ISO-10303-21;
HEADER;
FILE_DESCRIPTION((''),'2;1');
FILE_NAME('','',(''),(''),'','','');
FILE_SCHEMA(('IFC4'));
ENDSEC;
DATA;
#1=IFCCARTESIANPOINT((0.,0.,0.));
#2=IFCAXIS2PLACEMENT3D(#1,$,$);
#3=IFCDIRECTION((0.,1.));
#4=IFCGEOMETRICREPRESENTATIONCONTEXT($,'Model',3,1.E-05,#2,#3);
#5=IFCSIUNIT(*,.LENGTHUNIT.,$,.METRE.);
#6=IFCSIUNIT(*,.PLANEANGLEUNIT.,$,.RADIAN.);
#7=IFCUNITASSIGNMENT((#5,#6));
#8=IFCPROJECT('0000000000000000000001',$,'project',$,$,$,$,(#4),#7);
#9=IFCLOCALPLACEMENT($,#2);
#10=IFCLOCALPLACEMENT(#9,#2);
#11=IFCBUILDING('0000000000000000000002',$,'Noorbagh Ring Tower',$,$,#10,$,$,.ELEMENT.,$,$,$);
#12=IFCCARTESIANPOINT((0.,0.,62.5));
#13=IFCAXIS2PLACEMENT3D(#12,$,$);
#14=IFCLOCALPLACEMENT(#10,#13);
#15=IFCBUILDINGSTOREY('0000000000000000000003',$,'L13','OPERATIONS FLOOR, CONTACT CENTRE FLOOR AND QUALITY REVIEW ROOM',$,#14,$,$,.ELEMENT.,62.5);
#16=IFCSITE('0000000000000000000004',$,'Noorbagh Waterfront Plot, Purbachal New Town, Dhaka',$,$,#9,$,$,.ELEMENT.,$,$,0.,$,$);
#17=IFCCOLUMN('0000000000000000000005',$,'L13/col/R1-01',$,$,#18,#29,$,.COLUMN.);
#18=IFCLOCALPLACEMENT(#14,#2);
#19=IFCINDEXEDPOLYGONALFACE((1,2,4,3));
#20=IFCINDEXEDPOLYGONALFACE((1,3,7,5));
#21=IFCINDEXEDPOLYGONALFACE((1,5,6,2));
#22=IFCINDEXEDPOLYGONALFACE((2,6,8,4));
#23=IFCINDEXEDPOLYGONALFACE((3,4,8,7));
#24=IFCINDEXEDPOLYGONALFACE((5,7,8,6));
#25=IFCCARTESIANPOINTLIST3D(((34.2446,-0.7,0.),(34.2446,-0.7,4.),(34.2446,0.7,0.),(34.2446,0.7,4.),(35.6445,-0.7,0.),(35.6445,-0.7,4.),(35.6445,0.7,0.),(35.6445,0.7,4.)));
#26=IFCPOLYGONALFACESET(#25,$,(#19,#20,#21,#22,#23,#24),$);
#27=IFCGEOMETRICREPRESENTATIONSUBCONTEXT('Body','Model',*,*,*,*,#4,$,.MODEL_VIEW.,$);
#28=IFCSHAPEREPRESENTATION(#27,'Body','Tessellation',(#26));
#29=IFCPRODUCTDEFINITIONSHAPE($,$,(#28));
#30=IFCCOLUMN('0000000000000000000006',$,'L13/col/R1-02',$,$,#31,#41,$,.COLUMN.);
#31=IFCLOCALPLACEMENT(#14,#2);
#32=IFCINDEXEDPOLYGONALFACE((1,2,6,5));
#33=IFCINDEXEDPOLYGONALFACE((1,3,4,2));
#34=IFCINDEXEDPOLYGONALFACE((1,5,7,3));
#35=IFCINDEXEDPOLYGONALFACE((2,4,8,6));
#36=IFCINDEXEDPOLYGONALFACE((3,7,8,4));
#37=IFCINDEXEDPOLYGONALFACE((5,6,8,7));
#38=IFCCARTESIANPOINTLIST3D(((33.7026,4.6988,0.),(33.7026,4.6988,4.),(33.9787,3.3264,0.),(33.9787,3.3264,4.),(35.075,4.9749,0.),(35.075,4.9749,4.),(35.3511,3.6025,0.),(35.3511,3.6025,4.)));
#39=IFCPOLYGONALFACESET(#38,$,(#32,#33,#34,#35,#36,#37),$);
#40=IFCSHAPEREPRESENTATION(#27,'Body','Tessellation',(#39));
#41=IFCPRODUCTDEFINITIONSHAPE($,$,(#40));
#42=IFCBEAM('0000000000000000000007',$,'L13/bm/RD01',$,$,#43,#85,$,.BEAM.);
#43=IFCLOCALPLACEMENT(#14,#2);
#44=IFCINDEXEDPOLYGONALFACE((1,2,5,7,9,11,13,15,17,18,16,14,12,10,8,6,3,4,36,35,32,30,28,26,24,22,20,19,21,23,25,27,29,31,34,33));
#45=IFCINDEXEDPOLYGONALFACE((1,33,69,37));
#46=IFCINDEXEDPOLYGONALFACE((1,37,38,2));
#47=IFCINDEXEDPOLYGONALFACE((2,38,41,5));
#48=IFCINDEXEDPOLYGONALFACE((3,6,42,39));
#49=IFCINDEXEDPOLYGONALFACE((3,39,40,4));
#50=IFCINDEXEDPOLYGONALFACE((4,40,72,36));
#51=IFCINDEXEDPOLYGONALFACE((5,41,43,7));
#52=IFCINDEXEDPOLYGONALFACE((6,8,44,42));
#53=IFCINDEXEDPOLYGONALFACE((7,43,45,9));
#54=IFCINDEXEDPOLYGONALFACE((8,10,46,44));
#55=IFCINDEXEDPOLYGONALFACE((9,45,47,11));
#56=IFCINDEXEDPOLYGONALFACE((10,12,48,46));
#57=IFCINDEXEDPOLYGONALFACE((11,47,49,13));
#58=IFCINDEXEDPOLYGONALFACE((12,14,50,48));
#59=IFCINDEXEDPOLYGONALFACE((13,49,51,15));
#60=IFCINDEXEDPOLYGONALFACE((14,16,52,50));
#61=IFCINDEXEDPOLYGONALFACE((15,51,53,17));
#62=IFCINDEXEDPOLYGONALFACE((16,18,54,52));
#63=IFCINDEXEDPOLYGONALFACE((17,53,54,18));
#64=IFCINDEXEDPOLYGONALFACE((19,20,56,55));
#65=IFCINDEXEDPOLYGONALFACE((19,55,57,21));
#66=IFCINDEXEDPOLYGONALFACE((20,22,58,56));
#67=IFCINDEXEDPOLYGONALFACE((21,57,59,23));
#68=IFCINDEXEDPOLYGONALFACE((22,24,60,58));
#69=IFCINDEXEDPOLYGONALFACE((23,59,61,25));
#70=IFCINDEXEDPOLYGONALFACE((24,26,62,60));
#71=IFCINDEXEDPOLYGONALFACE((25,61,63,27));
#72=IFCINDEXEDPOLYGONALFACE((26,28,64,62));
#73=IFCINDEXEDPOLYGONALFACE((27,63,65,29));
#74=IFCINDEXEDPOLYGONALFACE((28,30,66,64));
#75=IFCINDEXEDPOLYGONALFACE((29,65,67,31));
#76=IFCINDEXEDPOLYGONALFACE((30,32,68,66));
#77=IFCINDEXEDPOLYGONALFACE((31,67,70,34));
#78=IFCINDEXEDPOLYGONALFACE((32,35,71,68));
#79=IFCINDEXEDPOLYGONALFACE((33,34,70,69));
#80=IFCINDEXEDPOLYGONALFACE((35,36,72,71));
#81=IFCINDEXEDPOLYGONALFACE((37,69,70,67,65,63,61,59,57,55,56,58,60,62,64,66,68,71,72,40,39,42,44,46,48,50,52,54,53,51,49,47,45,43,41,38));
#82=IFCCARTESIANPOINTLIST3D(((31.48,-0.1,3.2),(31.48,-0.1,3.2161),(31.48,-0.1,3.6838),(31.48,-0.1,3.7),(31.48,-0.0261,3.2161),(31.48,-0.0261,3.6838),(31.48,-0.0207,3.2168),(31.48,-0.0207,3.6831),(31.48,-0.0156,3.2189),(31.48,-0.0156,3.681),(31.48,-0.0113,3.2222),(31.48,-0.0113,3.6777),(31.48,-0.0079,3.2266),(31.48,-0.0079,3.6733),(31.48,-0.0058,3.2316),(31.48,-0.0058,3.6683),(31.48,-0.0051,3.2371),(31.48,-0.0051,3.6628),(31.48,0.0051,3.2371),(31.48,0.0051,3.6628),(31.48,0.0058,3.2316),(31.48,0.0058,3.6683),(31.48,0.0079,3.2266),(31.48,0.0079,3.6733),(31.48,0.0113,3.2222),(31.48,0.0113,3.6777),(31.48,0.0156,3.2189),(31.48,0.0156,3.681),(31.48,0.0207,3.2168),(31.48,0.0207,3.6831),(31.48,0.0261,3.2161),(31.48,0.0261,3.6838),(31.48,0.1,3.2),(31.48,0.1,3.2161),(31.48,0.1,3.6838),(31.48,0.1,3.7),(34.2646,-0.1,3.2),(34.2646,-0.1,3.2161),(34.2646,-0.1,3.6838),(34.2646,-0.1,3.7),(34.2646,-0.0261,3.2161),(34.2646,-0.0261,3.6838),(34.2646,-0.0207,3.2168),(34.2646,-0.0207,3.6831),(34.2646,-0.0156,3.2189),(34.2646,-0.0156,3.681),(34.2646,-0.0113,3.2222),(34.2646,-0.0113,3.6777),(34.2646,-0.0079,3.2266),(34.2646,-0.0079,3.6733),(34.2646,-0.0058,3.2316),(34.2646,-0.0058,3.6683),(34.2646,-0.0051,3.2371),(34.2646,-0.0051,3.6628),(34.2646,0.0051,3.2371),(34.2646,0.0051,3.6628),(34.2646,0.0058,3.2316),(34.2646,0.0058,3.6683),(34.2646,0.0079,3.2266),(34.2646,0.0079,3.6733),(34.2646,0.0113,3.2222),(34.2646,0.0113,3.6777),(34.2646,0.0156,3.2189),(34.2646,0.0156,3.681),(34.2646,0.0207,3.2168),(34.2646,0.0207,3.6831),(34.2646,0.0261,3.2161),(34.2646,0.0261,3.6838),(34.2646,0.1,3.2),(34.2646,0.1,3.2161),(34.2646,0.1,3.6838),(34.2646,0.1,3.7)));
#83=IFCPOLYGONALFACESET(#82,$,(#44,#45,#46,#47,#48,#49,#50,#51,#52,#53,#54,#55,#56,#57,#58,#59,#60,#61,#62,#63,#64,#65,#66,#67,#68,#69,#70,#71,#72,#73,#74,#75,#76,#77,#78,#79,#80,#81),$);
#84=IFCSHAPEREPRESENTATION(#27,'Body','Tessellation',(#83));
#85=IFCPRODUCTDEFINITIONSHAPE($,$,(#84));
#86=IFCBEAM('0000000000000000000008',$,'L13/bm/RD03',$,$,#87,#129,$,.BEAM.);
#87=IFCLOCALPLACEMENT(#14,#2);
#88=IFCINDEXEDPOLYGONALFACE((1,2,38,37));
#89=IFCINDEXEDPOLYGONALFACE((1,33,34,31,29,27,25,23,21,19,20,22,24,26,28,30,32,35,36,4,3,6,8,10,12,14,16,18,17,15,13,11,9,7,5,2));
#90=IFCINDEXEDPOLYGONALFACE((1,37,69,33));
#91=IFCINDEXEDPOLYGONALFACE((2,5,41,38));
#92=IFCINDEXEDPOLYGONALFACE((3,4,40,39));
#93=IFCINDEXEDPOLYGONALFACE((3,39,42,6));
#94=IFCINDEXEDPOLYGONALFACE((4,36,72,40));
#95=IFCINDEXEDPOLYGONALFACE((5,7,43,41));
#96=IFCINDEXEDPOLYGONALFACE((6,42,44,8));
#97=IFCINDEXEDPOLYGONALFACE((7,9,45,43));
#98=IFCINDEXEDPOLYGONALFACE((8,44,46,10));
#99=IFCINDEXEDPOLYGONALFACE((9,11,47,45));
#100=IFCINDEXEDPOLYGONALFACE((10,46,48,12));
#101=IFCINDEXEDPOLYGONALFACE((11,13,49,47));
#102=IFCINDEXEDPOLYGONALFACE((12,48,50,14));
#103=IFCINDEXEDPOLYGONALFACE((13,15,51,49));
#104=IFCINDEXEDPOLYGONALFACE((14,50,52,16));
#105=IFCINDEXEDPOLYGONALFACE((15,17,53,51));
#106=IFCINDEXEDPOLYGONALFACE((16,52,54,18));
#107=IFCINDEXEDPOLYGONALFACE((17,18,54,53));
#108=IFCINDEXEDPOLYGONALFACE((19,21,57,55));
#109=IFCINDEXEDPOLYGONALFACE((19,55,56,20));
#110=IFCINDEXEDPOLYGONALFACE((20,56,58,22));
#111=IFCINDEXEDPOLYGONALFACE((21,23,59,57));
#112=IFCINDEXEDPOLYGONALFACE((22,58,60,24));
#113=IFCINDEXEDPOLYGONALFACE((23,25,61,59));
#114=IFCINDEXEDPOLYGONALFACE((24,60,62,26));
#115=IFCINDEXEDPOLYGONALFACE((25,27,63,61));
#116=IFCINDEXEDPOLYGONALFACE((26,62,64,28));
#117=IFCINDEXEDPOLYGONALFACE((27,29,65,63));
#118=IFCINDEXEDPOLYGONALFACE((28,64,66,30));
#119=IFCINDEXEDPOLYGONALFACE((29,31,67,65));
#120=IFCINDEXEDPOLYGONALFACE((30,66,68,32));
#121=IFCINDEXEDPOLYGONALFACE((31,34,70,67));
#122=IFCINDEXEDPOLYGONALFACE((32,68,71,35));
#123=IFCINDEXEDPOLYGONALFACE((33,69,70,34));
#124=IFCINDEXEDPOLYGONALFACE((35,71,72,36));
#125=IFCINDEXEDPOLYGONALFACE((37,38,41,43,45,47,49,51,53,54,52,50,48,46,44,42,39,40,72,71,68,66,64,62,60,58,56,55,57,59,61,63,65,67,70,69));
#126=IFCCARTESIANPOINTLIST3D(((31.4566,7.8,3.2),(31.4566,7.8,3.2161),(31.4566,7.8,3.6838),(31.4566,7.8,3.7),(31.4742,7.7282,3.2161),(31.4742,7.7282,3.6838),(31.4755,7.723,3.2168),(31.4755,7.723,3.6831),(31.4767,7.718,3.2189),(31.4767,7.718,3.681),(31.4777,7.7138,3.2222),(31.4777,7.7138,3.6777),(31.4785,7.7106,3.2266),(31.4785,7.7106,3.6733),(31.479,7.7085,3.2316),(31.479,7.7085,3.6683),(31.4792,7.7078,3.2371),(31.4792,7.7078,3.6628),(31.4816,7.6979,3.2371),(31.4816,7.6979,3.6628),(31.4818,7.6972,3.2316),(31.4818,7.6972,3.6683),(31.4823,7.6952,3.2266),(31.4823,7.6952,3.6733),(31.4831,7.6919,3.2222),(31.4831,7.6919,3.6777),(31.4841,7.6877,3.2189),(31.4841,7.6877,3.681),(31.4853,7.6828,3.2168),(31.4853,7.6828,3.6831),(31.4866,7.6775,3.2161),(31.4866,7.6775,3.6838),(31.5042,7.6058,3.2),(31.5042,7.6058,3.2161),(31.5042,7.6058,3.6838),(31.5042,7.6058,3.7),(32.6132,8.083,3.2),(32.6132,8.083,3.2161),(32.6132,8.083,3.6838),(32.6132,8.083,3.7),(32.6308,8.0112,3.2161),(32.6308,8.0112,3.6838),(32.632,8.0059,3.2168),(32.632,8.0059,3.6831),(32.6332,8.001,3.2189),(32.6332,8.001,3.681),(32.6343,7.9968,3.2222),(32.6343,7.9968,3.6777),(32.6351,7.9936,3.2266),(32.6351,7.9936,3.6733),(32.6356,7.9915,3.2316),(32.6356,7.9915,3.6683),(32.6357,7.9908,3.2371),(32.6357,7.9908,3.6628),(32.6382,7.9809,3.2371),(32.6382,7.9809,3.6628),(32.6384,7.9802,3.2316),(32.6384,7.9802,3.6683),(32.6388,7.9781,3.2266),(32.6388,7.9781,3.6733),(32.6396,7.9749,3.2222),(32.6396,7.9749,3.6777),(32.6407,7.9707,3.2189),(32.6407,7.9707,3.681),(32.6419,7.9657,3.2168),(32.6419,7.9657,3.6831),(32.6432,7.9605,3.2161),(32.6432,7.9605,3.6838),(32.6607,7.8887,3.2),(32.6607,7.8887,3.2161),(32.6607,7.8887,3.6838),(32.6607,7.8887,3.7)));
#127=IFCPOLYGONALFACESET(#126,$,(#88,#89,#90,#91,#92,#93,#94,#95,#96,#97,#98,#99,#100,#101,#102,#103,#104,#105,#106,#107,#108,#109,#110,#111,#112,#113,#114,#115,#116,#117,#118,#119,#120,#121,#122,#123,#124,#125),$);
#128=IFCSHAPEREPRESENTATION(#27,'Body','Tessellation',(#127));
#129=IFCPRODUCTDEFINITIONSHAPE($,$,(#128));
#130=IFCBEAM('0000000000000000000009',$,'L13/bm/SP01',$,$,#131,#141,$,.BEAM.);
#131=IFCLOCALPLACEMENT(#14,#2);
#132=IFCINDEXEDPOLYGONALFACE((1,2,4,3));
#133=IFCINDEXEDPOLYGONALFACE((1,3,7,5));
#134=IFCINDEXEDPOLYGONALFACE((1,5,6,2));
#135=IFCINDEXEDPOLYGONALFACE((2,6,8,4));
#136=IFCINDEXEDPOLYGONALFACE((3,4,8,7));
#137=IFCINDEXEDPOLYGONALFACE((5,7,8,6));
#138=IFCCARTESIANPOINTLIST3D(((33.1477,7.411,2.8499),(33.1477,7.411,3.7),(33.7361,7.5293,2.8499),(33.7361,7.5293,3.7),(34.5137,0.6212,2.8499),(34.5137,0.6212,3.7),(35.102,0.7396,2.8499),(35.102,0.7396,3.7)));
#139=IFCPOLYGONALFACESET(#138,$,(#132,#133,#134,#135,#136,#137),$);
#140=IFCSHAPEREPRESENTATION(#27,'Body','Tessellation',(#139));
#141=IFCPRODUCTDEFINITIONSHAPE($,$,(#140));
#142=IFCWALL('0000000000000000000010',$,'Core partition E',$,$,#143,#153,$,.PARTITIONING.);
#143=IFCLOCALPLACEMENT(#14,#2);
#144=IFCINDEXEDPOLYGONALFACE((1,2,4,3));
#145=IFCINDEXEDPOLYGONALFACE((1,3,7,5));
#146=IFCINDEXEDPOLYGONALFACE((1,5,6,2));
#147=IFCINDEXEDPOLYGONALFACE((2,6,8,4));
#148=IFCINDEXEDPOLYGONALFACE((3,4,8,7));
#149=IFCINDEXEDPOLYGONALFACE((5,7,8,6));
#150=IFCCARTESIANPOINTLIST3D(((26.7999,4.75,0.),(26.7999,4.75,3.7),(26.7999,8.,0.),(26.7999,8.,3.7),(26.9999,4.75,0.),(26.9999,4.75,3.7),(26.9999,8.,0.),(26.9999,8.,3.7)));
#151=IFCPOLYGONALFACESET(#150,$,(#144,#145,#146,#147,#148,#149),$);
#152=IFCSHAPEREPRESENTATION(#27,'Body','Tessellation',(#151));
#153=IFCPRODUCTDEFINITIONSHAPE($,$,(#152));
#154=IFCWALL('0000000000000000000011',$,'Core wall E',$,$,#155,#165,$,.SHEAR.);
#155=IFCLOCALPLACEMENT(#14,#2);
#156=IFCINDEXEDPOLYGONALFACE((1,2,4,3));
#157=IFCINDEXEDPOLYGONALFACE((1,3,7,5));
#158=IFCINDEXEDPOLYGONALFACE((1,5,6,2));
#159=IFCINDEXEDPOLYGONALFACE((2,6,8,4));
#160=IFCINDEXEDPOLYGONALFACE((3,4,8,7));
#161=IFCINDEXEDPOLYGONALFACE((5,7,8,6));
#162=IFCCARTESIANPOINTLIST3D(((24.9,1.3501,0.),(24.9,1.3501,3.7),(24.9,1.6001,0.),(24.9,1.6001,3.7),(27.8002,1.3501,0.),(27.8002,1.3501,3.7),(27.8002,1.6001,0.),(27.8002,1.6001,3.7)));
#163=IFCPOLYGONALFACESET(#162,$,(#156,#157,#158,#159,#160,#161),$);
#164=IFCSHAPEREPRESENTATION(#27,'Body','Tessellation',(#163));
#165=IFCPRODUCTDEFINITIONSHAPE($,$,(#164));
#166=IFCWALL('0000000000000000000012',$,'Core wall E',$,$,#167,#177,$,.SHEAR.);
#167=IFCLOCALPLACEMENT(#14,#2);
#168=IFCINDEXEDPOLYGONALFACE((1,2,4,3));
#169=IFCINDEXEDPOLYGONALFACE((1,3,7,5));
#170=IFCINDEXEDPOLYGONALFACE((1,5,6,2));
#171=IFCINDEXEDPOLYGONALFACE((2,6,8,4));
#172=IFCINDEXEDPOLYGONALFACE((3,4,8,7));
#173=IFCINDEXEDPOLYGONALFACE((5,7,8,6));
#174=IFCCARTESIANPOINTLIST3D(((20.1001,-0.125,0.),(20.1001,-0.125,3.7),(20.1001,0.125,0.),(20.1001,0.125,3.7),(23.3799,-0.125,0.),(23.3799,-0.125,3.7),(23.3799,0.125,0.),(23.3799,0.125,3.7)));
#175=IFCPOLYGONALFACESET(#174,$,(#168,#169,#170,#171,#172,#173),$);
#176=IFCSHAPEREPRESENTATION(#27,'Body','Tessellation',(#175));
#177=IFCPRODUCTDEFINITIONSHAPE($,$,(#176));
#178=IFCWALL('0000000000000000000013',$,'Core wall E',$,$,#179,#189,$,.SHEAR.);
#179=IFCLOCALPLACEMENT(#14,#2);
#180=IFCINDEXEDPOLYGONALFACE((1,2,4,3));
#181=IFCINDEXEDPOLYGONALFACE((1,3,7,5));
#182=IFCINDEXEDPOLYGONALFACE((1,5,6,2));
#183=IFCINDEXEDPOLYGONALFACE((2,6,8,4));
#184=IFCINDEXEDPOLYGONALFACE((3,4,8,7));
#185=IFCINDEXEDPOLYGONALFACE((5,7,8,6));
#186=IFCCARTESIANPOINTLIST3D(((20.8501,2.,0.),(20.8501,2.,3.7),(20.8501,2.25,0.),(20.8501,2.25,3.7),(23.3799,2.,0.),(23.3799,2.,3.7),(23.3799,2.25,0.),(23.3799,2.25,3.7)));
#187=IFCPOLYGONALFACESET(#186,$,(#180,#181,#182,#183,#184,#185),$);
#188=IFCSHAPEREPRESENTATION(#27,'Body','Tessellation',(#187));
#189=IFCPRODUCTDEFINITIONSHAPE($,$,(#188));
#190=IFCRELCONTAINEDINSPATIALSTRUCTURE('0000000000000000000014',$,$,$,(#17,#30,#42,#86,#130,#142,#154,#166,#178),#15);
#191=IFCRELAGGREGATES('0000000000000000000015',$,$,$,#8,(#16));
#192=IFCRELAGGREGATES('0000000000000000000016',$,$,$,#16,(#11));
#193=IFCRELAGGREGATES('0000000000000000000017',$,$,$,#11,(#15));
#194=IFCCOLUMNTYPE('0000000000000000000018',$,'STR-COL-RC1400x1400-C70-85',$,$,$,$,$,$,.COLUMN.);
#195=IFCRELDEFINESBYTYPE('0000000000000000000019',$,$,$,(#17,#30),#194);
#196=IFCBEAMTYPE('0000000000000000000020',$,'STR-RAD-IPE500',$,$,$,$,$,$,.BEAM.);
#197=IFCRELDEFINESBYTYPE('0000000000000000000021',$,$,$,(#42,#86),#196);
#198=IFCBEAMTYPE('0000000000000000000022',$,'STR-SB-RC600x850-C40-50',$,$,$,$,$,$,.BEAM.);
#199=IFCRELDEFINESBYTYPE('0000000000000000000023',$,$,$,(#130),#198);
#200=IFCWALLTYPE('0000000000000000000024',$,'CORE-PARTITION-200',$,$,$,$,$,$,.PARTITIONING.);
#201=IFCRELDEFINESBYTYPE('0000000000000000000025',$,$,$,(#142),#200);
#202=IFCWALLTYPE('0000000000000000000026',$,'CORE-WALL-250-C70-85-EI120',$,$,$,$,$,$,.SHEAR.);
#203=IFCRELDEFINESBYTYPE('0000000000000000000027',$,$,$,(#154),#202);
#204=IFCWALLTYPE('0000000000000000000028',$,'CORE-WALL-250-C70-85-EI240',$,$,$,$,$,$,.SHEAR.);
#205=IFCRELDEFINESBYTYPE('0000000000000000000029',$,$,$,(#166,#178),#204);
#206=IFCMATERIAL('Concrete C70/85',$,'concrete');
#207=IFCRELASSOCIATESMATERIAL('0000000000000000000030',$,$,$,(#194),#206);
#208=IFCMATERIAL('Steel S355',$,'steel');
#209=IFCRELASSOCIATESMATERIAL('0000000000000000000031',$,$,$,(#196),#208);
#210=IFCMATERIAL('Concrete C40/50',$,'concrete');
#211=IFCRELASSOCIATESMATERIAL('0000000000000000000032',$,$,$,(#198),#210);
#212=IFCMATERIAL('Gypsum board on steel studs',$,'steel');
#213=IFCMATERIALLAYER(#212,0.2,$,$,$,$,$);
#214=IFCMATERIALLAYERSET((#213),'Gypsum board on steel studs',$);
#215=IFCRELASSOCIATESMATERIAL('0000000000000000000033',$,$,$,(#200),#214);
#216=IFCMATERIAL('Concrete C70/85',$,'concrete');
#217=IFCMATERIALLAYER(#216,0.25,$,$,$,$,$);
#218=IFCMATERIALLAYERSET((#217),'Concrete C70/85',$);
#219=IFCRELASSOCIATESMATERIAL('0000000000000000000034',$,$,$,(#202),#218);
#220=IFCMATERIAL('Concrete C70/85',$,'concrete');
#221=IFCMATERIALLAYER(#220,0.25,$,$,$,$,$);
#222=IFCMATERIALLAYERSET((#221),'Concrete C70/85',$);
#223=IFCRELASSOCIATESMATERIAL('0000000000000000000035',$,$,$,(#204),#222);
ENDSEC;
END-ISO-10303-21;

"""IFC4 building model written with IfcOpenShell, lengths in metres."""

from ifc_helpers import new_model, si_unit, direction, frame, frame_2d, origin, origin_2d, place, context, subcontext, project, spatial, rectangle, i_section, extrude, material, layer, layer_set, material_profile, profile_set, type_object, element, save


model = new_model("IFC4")

# Units and contexts
model_context = context("Model", 3, precision=1e-05, world=origin(), true_north=direction((0.0, 1.0)))
body_context = subcontext(model_context, "Body", "Model", "MODEL_VIEW")
ifc_project = project(units=[si_unit("LENGTHUNIT", "METRE"), si_unit("PLANEANGLEUNIT", "RADIAN")], contexts=[model_context])

# Site, building, storey
site_placement = place(None, origin())
site = spatial("IfcSite", under=ifc_project, at=site_placement, Name="Noorbagh Waterfront Plot, Purbachal New Town, Dhaka", CompositionType="ELEMENT", RefElevation=0.0)
building_placement = place(site_placement, origin())
building = spatial("IfcBuilding", under=site, at=building_placement, Name="Noorbagh Ring Tower", CompositionType="ELEMENT")
storey_placement = place(building_placement, frame((0.0, 0.0, 62.5)))
storey = spatial("IfcBuildingStorey", under=building, at=storey_placement, Name="L13", Description="OPERATIONS FLOOR, CONTACT CENTRE FLOOR AND QUALITY REVIEW ROOM", CompositionType="ELEMENT", Elevation=62.5)

# Columns
ifc_material_1 = material(Name="Concrete C70/85", Category="concrete")
ifc_material_profile_1 = material_profile(ifc_material_1, rectangle(XDim=1.3999, YDim=1.3999, at=origin_2d()), Name="RC1400x1400")
ifc_profile_set_1 = profile_set([ifc_material_profile_1], Name="Concrete C70/85")
column_type = type_object("IfcColumnType", Name="STR-COL-RC1400x1400-C70-85", PredefinedType="COLUMN", material=ifc_profile_set_1)
for number, where, z_axis, x_axis, name in (
    (1, (34.9446, 0.0, 0.0), (0.0, 0.0, 1.0), (0.0, 1.0, 0.0), "L13/col/R1-01"),
    (2, (34.5269, 4.1506, 0.0), (0.0, 0.0, 1.0), (-0.19723, 0.980357, 0.0), "L13/col/R1-02"),
):
    element("IfcColumn", number, at=place(storey_placement, frame(where, z_axis=z_axis, x_axis=x_axis)), inside=storey, type_object=column_type, Name=name, PredefinedType="COLUMN", context=body_context, shape_type="SweptSolid", body=[
        extrude(rectangle(XDim=1.3999, YDim=1.3999, at=origin_2d()), origin(), (0.0, 0.0, 1.0), 4.0),
    ])

# Beams
ifc_material_2 = material(Name="Steel S355", Category="steel")
ifc_material_profile_2 = material_profile(ifc_material_2, i_section(OverallWidth=0.2, OverallDepth=0.5, WebThickness=0.0103, FlangeThickness=0.0161, FilletRadius=0.021, at=origin_2d()), Name="IPE500")
ifc_profile_set_2 = profile_set([ifc_material_profile_2], Name="Steel S355")
beam_type_1 = type_object("IfcBeamType", Name="STR-RAD-IPE500", PredefinedType="BEAM", material=ifc_profile_set_2)
beam_1_placement = place(storey_placement, frame((34.2646, 0.0, 3.45), z_axis=(-1.0, 0.0, 0.0), x_axis=(0.0, -1.0, 0.0)))
element("IfcBeam", 3, at=beam_1_placement, inside=storey, type_object=beam_type_1, Name="L13/bm/RD01", PredefinedType="BEAM", context=body_context, shape_type="SweptSolid", body=[
    extrude(i_section(OverallWidth=0.2, OverallDepth=0.5, WebThickness=0.0103, FlangeThickness=0.0161, FilletRadius=0.021, at=origin_2d()), origin(), (0.0, 0.0, 1.0), 2.7847),
])
beam_2_placement = place(storey_placement, frame((32.637, 7.9858, 3.45), z_axis=(-0.971349, -0.237659, 0.0), x_axis=(0.237659, -0.971349, 0.0)))
element("IfcBeam", 4, at=beam_2_placement, inside=storey, type_object=beam_type_1, Name="L13/bm/RD03", PredefinedType="BEAM", context=body_context, shape_type="SweptSolid", body=[
    extrude(i_section(OverallWidth=0.2, OverallDepth=0.5, WebThickness=0.0103, FlangeThickness=0.0161, FilletRadius=0.021, at=origin_2d()), origin(), (0.0, 0.0, 1.0), 1.1907),
])
ifc_material_3 = material(Name="Concrete C40/50", Category="concrete")
ifc_material_profile_3 = material_profile(ifc_material_3, rectangle(XDim=0.6001, YDim=0.8501, at=origin_2d()), Name="RC600x850")
ifc_profile_set_3 = profile_set([ifc_material_profile_3], Name="Concrete C40/50")
beam_type_2 = type_object("IfcBeamType", Name="STR-SB-RC600x850-C40-50", PredefinedType="BEAM", material=ifc_profile_set_3)
beam_3_placement = place(storey_placement, frame((34.8079, 0.6804, 3.2749), z_axis=(-0.197228, 0.980358, 0.0), x_axis=(-0.980358, -0.197228, 0.0)))
element("IfcBeam", 5, at=beam_3_placement, inside=storey, type_object=beam_type_2, Name="L13/bm/SP01", PredefinedType="BEAM", context=body_context, shape_type="SweptSolid", body=[
    extrude(rectangle(XDim=0.6001, YDim=0.8501, at=origin_2d()), origin(), (0.0, 0.0, 1.0), 6.9258),
])

# Walls
ifc_material_4 = material(Name="Gypsum board on steel studs", Category="steel")
ifc_layer_1 = layer(ifc_material_4, 0.2)
ifc_layer_set_1 = layer_set([ifc_layer_1], Name="Gypsum board on steel studs")
wall_type_1 = type_object("IfcWallType", Name="CORE-PARTITION-200", PredefinedType="PARTITIONING", material=ifc_layer_set_1)
wall_1_placement = place(storey_placement, frame((26.8999, 4.75, 0.0), z_axis=(0.0, 0.0, 1.0), x_axis=(0.0, 1.0, 0.0)))
element("IfcWall", 6, at=wall_1_placement, inside=storey, type_object=wall_type_1, Name="Core partition E", PredefinedType="PARTITIONING", context=body_context, shape_type="SweptSolid", body=[
    extrude(rectangle(XDim=3.25, YDim=0.2, at=frame_2d((1.625, 0.0))), origin(), (0.0, 0.0, 1.0), 3.7),
])
ifc_material_5 = material(Name="Concrete C70/85", Category="concrete")
ifc_layer_2 = layer(ifc_material_5, 0.25)
ifc_layer_set_2 = layer_set([ifc_layer_2], Name="Concrete C70/85")
wall_type_2 = type_object("IfcWallType", Name="CORE-WALL-250-C70-85-EI120", PredefinedType="SHEAR", material=ifc_layer_set_2)
wall_2_placement = place(storey_placement, frame((24.8999, 1.4751, 0.0), z_axis=(0.0, 0.0, 1.0), x_axis=(1.0, 0.0, 0.0)))
element("IfcWall", 7, at=wall_2_placement, inside=storey, type_object=wall_type_2, Name="Core wall E", PredefinedType="SHEAR", context=body_context, shape_type="SweptSolid", body=[
    extrude(rectangle(XDim=2.9001, YDim=0.25, at=frame_2d((1.4502, 0.0))), origin(), (0.0, 0.0, 1.0), 3.7),
])
ifc_material_6 = material(Name="Concrete C70/85", Category="concrete")
ifc_layer_3 = layer(ifc_material_6, 0.25)
ifc_layer_set_3 = layer_set([ifc_layer_3], Name="Concrete C70/85")
wall_type_3 = type_object("IfcWallType", Name="CORE-WALL-250-C70-85-EI240", PredefinedType="SHEAR", material=ifc_layer_set_3)
wall_3_placement = place(storey_placement, frame((20.1001, 0.0, 0.0), z_axis=(0.0, 0.0, 1.0), x_axis=(1.0, 0.0, 0.0)))
element("IfcWall", 8, at=wall_3_placement, inside=storey, type_object=wall_type_3, Name="Core wall E", PredefinedType="SHEAR", context=body_context, shape_type="SweptSolid", body=[
    extrude(rectangle(XDim=3.2798, YDim=0.25, at=frame_2d((1.6399, 0.0))), origin(), (0.0, 0.0, 1.0), 3.7),
])
wall_4_placement = place(storey_placement, frame((20.8501, 2.125, 0.0), z_axis=(0.0, 0.0, 1.0), x_axis=(1.0, 0.0, 0.0)))
element("IfcWall", 9, at=wall_4_placement, inside=storey, type_object=wall_type_3, Name="Core wall E", PredefinedType="SHEAR", context=body_context, shape_type="SweptSolid", body=[
    extrude(rectangle(XDim=2.5298, YDim=0.25, at=frame_2d((1.2649, 0.0))), origin(), (0.0, 0.0, 1.0), 3.7),
])

save(model, "model.ifc")
